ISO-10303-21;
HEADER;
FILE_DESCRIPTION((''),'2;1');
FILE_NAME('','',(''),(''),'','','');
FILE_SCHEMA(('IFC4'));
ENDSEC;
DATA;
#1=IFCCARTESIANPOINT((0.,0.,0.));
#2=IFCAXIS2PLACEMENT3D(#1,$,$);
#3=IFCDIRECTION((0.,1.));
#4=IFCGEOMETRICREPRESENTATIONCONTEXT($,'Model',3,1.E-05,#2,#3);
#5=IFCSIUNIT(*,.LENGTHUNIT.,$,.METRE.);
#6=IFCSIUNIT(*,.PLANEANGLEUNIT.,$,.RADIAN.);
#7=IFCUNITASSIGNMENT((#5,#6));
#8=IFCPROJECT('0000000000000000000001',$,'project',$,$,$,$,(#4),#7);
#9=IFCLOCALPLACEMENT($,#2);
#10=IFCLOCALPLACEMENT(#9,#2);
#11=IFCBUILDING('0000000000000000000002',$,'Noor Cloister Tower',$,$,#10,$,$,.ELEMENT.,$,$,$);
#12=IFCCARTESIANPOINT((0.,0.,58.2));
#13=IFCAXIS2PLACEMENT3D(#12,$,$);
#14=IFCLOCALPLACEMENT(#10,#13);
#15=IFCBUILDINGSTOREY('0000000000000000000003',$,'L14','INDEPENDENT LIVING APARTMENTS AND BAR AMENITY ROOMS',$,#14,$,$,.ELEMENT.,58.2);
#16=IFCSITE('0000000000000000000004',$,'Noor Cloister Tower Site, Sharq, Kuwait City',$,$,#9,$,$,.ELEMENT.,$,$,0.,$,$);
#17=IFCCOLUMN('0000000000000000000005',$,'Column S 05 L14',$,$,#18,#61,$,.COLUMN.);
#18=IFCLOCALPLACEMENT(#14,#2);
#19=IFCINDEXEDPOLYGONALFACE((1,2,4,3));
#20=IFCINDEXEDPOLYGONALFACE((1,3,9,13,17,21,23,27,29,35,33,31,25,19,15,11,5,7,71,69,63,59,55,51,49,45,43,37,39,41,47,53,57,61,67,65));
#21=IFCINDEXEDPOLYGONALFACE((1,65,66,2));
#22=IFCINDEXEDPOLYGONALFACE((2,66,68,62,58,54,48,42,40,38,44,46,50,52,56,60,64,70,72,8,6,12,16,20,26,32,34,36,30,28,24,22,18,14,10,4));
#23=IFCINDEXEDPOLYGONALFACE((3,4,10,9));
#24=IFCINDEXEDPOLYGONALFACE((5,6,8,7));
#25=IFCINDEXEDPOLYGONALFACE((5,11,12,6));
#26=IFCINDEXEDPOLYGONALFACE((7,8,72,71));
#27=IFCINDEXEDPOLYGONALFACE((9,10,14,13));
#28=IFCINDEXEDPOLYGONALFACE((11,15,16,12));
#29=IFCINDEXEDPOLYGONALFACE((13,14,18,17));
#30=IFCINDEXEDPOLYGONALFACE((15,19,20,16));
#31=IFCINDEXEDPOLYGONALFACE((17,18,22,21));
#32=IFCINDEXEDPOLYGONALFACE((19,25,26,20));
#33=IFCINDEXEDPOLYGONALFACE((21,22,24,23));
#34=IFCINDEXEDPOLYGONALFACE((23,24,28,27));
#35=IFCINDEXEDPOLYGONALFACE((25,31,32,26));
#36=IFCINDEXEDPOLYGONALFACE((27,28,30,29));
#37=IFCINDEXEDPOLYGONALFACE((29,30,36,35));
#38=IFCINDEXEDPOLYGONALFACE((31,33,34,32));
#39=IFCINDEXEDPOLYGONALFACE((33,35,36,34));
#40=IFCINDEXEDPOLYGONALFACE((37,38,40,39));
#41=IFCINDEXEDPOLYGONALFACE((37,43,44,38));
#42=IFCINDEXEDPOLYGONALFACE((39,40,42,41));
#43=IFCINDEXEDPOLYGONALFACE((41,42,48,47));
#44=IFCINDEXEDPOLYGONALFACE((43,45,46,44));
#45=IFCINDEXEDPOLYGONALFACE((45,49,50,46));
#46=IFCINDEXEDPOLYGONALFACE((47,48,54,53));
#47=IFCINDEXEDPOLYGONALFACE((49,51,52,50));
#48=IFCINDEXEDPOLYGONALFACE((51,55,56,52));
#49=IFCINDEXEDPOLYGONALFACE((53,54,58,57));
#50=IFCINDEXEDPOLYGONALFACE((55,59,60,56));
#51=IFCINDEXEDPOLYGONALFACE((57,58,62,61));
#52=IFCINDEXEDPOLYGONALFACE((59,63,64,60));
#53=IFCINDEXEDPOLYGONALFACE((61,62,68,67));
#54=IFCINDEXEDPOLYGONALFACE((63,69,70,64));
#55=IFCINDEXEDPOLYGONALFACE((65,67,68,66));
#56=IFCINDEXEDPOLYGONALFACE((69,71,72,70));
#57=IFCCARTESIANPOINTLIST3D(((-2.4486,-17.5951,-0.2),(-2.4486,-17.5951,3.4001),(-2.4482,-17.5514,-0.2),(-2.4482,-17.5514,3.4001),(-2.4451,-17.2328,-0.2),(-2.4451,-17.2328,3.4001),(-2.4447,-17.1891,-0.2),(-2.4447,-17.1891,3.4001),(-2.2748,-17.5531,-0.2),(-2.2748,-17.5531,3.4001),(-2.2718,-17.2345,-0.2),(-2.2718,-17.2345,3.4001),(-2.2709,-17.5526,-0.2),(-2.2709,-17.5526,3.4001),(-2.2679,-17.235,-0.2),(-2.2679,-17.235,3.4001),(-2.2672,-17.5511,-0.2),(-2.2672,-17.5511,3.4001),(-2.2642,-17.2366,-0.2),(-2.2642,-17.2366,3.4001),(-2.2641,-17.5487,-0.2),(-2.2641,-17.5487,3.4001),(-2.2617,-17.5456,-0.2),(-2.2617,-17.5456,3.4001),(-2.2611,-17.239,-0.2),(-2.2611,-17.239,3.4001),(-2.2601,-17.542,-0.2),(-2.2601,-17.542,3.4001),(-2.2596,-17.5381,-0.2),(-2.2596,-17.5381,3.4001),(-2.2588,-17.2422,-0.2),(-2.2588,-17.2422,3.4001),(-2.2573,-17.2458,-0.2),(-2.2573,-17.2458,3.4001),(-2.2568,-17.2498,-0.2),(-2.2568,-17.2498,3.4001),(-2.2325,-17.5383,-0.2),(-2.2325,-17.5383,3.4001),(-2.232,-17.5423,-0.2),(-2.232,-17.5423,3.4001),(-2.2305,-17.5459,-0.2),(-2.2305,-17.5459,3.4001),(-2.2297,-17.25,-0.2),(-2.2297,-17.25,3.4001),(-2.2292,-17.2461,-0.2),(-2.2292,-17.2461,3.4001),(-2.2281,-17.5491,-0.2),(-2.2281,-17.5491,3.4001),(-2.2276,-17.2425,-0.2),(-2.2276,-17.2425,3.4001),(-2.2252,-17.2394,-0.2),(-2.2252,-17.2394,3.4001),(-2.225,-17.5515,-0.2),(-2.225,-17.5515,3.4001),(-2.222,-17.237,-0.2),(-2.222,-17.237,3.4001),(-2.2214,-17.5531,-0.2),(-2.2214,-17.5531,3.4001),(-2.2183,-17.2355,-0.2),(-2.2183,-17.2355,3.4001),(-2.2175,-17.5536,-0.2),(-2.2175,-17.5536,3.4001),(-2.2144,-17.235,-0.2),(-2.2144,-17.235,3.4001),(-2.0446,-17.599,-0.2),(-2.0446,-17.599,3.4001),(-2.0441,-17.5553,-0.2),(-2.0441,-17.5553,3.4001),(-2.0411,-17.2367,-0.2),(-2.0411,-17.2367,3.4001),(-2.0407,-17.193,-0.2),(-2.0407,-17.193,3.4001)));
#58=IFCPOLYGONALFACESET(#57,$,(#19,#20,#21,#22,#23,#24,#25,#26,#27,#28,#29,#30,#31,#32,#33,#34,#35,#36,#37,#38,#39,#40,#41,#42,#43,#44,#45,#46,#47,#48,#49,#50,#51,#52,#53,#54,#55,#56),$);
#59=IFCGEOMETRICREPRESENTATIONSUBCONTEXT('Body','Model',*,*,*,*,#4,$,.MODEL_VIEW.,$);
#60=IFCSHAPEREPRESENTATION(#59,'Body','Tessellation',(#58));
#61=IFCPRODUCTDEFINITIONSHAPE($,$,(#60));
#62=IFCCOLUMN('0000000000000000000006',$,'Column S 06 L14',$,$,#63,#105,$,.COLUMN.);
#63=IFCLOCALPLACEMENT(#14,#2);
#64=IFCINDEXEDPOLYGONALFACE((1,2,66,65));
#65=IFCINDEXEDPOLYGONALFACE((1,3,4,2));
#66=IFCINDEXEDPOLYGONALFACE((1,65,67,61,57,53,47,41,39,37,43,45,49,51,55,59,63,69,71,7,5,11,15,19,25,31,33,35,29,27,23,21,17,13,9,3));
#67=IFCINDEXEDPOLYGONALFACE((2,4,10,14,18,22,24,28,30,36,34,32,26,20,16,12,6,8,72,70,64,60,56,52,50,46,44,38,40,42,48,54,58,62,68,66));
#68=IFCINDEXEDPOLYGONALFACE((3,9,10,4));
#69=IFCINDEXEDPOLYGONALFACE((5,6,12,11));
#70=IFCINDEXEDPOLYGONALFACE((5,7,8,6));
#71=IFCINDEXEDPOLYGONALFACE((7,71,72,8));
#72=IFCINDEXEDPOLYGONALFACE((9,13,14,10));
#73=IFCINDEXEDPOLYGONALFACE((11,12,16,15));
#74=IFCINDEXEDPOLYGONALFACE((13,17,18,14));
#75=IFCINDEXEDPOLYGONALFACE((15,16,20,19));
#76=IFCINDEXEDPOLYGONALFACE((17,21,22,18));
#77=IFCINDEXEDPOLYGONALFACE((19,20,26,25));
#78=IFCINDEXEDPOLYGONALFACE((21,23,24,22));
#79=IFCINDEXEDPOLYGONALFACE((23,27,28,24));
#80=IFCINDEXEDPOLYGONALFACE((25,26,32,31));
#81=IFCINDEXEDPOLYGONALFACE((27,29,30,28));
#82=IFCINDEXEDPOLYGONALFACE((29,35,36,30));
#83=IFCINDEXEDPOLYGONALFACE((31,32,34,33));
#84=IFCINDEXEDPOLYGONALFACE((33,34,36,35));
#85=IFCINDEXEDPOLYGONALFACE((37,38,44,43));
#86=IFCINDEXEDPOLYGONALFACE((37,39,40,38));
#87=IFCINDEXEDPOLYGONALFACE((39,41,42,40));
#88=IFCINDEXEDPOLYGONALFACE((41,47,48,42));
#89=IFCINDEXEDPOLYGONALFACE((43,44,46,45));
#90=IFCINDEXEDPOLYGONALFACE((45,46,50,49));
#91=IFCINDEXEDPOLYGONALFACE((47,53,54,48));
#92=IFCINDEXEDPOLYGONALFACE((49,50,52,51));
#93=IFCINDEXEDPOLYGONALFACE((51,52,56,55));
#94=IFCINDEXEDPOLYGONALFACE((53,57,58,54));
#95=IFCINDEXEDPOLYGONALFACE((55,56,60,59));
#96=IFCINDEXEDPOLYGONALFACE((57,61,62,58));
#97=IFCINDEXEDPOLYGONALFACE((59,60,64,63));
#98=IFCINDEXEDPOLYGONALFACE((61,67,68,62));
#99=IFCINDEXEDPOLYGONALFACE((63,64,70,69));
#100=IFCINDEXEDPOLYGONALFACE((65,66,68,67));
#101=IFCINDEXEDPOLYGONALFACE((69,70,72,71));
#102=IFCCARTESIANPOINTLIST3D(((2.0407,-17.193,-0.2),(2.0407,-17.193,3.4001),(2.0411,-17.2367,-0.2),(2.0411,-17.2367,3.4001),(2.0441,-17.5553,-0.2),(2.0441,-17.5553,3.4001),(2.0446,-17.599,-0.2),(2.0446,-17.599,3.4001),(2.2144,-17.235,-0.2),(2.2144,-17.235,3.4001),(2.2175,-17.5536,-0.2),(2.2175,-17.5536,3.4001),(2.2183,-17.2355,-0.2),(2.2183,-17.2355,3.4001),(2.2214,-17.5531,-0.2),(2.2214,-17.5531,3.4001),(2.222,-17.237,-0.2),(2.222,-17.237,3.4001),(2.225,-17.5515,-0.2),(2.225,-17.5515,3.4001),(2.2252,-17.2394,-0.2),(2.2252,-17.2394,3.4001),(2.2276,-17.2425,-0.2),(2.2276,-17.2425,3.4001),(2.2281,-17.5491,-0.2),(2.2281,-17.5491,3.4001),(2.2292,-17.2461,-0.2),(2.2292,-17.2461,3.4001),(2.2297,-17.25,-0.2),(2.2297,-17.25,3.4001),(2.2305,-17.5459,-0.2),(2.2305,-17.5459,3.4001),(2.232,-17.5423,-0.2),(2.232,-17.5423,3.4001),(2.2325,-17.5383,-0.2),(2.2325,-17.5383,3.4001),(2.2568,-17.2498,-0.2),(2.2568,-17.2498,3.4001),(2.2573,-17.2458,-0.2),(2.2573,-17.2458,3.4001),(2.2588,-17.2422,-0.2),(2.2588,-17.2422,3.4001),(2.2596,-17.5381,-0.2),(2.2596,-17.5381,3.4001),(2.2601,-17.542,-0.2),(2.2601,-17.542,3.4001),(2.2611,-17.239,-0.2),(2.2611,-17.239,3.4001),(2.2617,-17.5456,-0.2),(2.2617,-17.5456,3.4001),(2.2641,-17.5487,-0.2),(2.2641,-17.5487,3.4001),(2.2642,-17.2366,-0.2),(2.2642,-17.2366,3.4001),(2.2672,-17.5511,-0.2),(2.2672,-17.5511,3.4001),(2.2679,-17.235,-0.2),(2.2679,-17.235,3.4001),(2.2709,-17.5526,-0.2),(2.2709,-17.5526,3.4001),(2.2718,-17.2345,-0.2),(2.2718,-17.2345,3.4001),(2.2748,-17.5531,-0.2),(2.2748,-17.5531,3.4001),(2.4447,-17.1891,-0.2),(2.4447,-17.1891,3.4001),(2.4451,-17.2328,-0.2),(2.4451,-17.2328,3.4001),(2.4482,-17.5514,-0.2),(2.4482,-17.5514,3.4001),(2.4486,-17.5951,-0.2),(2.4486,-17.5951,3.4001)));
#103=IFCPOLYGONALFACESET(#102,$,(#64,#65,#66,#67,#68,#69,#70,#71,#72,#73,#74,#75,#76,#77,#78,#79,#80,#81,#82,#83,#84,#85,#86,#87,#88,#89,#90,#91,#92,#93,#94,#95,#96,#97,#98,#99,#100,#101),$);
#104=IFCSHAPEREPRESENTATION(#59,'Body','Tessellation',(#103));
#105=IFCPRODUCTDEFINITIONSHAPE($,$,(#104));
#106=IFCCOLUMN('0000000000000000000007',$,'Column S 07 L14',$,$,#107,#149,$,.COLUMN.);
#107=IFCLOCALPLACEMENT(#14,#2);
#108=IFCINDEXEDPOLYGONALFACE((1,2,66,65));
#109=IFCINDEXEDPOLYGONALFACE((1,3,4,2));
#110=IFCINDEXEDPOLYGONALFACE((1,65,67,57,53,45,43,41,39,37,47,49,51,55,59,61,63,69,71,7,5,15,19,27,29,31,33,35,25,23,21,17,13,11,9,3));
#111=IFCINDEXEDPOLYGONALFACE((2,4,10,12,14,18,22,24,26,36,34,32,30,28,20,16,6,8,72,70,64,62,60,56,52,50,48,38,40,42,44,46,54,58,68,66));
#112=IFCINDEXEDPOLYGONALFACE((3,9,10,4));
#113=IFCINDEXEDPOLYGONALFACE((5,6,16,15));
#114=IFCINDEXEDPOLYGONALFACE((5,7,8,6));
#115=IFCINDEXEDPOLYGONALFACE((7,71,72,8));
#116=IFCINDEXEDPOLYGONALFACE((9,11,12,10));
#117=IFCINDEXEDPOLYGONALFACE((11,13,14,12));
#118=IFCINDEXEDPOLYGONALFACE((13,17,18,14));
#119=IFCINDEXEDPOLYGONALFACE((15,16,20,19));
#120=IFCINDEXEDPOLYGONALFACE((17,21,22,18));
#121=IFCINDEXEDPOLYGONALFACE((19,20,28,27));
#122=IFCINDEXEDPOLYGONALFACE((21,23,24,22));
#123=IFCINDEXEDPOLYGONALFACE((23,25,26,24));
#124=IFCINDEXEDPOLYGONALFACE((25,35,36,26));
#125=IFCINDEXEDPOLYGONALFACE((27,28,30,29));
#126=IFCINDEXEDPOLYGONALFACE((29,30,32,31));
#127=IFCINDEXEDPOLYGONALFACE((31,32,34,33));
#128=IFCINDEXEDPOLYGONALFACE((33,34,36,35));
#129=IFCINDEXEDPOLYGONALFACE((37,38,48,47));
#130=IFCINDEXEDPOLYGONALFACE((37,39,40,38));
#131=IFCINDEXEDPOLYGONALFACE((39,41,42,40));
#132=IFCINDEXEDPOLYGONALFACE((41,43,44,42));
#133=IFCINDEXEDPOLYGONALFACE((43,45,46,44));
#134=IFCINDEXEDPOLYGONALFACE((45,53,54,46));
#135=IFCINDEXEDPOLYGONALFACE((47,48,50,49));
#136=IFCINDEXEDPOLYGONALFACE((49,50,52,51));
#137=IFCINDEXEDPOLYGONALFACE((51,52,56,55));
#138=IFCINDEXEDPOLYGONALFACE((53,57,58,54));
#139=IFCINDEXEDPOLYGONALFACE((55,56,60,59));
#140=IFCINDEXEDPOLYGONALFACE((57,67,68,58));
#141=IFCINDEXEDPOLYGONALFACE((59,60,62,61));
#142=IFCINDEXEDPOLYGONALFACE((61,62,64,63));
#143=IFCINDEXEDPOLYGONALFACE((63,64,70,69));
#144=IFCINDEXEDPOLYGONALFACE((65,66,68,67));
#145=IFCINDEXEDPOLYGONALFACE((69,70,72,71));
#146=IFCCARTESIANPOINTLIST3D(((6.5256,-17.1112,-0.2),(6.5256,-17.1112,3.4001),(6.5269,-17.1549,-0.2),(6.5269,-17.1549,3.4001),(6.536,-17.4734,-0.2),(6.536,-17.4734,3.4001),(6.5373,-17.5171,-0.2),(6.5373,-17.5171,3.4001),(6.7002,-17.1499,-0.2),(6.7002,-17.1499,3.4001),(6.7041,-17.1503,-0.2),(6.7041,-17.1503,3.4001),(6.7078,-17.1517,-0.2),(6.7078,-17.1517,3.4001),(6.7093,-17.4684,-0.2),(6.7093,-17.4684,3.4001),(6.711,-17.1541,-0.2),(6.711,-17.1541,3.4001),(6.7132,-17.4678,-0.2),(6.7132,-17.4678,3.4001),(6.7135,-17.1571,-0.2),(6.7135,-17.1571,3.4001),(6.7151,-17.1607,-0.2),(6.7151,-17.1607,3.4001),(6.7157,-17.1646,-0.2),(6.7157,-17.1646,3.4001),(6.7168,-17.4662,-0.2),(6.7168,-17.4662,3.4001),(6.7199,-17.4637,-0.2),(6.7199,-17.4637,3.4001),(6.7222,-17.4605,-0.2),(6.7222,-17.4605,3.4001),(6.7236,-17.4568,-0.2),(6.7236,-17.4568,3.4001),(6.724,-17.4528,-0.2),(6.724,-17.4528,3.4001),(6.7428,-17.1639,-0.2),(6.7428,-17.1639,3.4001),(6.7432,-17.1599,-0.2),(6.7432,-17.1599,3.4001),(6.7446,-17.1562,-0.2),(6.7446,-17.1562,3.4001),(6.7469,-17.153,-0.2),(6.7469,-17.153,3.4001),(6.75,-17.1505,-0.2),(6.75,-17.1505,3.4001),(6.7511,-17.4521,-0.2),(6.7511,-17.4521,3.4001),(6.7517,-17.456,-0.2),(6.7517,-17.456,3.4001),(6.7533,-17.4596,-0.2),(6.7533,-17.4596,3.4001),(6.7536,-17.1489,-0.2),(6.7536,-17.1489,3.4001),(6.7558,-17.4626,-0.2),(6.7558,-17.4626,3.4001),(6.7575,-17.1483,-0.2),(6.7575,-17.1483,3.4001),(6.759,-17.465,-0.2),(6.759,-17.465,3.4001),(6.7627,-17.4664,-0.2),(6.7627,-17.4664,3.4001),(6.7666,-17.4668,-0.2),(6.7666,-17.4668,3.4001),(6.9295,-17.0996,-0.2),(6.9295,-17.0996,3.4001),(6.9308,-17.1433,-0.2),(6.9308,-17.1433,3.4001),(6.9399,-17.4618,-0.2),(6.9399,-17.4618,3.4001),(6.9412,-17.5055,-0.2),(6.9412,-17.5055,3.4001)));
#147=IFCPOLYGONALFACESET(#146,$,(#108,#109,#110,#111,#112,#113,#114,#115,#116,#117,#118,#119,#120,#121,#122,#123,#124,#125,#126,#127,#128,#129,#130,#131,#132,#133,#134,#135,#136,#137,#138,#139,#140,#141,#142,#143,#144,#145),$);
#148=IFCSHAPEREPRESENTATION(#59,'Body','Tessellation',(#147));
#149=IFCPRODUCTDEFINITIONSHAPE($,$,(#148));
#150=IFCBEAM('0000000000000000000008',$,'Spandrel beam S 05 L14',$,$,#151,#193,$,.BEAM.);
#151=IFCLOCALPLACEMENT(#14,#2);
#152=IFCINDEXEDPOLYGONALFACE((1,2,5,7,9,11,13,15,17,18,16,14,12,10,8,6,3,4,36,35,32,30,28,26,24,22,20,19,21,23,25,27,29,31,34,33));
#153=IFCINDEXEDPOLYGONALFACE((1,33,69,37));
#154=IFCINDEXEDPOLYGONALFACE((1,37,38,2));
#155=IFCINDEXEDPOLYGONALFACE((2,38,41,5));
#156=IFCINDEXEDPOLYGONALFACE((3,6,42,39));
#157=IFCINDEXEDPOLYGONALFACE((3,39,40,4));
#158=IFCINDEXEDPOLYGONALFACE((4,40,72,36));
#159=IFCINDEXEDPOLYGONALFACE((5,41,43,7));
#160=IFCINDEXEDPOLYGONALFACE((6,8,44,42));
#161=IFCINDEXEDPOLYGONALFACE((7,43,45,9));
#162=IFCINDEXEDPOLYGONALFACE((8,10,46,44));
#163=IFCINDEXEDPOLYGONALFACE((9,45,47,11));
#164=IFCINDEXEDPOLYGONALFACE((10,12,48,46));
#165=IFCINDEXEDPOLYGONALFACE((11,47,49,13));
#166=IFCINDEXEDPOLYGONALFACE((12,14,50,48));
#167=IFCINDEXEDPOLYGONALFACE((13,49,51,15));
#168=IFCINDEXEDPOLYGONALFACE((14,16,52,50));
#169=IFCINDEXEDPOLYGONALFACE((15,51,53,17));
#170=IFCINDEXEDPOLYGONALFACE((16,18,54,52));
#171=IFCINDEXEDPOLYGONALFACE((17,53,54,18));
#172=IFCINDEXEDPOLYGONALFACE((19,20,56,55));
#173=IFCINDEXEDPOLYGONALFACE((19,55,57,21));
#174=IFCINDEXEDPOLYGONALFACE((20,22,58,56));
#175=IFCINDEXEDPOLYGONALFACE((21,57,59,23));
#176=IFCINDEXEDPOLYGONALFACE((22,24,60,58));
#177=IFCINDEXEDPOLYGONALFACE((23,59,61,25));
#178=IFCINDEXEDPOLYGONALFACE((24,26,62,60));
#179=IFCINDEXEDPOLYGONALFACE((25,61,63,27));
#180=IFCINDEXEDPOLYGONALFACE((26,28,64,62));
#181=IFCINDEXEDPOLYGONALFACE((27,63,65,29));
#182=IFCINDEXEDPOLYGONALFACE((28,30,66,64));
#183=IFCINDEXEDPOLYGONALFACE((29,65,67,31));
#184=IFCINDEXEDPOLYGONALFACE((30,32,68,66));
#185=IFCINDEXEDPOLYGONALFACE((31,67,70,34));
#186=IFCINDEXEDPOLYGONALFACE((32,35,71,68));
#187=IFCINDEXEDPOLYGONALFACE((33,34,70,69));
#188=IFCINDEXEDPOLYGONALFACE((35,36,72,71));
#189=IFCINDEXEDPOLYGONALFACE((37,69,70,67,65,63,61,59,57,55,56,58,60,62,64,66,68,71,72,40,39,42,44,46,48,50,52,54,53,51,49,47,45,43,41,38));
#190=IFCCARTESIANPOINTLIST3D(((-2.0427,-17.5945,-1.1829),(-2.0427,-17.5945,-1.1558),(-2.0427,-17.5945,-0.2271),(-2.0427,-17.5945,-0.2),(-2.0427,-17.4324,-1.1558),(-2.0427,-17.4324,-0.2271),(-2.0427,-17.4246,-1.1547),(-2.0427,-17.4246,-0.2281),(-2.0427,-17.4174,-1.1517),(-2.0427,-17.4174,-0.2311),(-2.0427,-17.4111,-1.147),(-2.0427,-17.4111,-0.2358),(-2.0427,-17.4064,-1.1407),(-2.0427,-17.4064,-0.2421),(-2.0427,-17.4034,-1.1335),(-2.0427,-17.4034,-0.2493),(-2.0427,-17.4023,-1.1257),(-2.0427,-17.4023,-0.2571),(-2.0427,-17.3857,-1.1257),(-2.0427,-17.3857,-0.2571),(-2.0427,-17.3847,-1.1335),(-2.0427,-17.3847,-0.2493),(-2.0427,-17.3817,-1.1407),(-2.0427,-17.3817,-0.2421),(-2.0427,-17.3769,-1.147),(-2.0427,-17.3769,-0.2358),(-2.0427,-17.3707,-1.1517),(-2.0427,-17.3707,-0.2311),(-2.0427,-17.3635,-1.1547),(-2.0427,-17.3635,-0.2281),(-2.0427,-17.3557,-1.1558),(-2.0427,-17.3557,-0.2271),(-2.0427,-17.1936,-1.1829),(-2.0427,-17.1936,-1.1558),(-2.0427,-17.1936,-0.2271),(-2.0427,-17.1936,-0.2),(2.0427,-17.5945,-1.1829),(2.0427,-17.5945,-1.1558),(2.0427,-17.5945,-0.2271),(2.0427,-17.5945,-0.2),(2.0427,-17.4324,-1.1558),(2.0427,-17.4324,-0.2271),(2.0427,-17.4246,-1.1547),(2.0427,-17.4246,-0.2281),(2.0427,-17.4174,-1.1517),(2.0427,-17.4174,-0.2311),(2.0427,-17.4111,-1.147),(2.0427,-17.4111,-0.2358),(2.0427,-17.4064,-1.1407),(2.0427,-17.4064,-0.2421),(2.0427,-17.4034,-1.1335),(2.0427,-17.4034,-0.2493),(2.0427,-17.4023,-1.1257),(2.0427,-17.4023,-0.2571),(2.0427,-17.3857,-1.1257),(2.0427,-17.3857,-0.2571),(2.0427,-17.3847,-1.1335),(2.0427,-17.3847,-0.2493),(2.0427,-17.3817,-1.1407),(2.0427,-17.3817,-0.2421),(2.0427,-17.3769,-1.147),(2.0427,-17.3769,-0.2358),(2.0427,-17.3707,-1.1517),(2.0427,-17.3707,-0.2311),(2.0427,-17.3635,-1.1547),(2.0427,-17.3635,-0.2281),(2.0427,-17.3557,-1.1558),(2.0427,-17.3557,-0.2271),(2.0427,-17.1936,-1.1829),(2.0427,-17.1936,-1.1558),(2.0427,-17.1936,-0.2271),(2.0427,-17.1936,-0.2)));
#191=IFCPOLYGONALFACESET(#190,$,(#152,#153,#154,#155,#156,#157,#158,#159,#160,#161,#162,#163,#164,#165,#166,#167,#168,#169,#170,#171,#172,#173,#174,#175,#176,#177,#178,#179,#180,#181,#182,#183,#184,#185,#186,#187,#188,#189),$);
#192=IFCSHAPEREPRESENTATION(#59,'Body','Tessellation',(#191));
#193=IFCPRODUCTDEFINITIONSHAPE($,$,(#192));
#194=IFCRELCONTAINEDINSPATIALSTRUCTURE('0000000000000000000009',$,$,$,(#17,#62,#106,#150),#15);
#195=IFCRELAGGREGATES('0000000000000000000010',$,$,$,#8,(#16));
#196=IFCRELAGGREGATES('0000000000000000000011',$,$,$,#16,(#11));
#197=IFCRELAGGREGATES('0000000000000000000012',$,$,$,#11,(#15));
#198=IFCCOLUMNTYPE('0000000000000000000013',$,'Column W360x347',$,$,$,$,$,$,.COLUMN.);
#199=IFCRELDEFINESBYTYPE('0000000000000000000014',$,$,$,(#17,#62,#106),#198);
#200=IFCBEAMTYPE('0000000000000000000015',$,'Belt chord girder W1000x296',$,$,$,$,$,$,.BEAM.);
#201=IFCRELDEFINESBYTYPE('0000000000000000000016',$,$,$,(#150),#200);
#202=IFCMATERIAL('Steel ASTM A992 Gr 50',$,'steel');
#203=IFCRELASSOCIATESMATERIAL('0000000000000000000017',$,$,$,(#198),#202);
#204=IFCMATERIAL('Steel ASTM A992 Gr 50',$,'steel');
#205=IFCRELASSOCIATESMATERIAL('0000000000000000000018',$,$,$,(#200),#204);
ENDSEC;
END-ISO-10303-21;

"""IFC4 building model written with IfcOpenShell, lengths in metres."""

from ifc_helpers import new_model, si_unit, direction, frame, origin, origin_2d, place, context, subcontext, project, spatial, i_section, extrude, material, material_profile, profile_set, type_object, element, save


model = new_model("IFC4")

# Units and contexts
model_context = context("Model", 3, precision=1e-05, world=origin(), true_north=direction((0.0, 1.0)))
body_context = subcontext(model_context, "Body", "Model", "MODEL_VIEW")
ifc_project = project(units=[si_unit("LENGTHUNIT", "METRE"), si_unit("PLANEANGLEUNIT", "RADIAN")], contexts=[model_context])

# Site, building, storey
site_placement = place(None, origin())
site = spatial("IfcSite", under=ifc_project, at=site_placement, Name="Noor Cloister Tower Site, Sharq, Kuwait City", CompositionType="ELEMENT", RefElevation=0.0)
building_placement = place(site_placement, origin())
building = spatial("IfcBuilding", under=site, at=building_placement, Name="Noor Cloister Tower", CompositionType="ELEMENT")
storey_placement = place(building_placement, frame((0.0, 0.0, 58.2)))
storey = spatial("IfcBuildingStorey", under=building, at=storey_placement, Name="L14", Description="INDEPENDENT LIVING APARTMENTS AND BAR AMENITY ROOMS", CompositionType="ELEMENT", Elevation=58.2)

# Columns
ifc_material_1 = material(Name="Steel ASTM A992 Gr 50", Category="steel")
ifc_material_profile_1 = material_profile(ifc_material_1, i_section(OverallWidth=0.4041, OverallDepth=0.406, WebThickness=0.0271, FlangeThickness=0.0437, FilletRadius=0.0151, at=origin_2d()), Name="W360x347")
ifc_profile_set_1 = profile_set([ifc_material_profile_1], Name="Steel ASTM A992 Gr 50")
column_type = type_object("IfcColumnType", Name="Column W360x347", PredefinedType="COLUMN", material=ifc_profile_set_1)
for number, where, z_axis, x_axis, name in (
    (1, (-2.2446, -17.394, -0.2), (0.0, 0.0, 1.0), (0.999954, -0.009548, 0.0), "Column S 05 L14"),
    (2, (2.2446, -17.394, -0.2), (0.0, 0.0, 1.0), (0.999954, 0.009548, 0.0), "Column S 06 L14"),
    (3, (6.7334, -17.3083, -0.2), (0.0, 0.0, 1.0), (0.99959, 0.028641, 0.0), "Column S 07 L14"),
):
    element("IfcColumn", number, at=place(storey_placement, frame(where, z_axis=z_axis, x_axis=x_axis)), inside=storey, type_object=column_type, Name=name, PredefinedType="COLUMN", context=body_context, shape_type="SweptSolid", body=[
        extrude(i_section(OverallWidth=0.4041, OverallDepth=0.406, WebThickness=0.0271, FlangeThickness=0.0437, FilletRadius=0.0151, at=origin_2d()), origin(), (0.0, 0.0, 1.0), 3.6001),
    ])

# Beam
ifc_material_2 = material(Name="Steel ASTM A992 Gr 50", Category="steel")
ifc_material_profile_2 = material_profile(ifc_material_2, i_section(OverallWidth=0.4009, OverallDepth=0.9829, WebThickness=0.0166, FlangeThickness=0.0271, FilletRadius=0.03, at=origin_2d()), Name="W1000x296")
ifc_profile_set_2 = profile_set([ifc_material_profile_2], Name="Steel ASTM A992 Gr 50")
beam_type_1 = type_object("IfcBeamType", Name="Belt chord girder W1000x296", PredefinedType="BEAM", material=ifc_profile_set_2)
beam_1_placement = place(storey_placement, frame((-2.0427, -17.394, -0.6914), z_axis=(1.0, 0.0, 0.0), x_axis=(0.0, 1.0, 0.0)))
element("IfcBeam", 4, at=beam_1_placement, inside=storey, type_object=beam_type_1, Name="Spandrel beam S 05 L14", PredefinedType="BEAM", context=body_context, shape_type="SweptSolid", body=[
    extrude(i_section(OverallWidth=0.4009, OverallDepth=0.9829, WebThickness=0.0166, FlangeThickness=0.0271, FilletRadius=0.03, at=origin_2d()), origin(), (0.0, 0.0, 1.0), 4.0854),
])

save(model, "model.ifc")
